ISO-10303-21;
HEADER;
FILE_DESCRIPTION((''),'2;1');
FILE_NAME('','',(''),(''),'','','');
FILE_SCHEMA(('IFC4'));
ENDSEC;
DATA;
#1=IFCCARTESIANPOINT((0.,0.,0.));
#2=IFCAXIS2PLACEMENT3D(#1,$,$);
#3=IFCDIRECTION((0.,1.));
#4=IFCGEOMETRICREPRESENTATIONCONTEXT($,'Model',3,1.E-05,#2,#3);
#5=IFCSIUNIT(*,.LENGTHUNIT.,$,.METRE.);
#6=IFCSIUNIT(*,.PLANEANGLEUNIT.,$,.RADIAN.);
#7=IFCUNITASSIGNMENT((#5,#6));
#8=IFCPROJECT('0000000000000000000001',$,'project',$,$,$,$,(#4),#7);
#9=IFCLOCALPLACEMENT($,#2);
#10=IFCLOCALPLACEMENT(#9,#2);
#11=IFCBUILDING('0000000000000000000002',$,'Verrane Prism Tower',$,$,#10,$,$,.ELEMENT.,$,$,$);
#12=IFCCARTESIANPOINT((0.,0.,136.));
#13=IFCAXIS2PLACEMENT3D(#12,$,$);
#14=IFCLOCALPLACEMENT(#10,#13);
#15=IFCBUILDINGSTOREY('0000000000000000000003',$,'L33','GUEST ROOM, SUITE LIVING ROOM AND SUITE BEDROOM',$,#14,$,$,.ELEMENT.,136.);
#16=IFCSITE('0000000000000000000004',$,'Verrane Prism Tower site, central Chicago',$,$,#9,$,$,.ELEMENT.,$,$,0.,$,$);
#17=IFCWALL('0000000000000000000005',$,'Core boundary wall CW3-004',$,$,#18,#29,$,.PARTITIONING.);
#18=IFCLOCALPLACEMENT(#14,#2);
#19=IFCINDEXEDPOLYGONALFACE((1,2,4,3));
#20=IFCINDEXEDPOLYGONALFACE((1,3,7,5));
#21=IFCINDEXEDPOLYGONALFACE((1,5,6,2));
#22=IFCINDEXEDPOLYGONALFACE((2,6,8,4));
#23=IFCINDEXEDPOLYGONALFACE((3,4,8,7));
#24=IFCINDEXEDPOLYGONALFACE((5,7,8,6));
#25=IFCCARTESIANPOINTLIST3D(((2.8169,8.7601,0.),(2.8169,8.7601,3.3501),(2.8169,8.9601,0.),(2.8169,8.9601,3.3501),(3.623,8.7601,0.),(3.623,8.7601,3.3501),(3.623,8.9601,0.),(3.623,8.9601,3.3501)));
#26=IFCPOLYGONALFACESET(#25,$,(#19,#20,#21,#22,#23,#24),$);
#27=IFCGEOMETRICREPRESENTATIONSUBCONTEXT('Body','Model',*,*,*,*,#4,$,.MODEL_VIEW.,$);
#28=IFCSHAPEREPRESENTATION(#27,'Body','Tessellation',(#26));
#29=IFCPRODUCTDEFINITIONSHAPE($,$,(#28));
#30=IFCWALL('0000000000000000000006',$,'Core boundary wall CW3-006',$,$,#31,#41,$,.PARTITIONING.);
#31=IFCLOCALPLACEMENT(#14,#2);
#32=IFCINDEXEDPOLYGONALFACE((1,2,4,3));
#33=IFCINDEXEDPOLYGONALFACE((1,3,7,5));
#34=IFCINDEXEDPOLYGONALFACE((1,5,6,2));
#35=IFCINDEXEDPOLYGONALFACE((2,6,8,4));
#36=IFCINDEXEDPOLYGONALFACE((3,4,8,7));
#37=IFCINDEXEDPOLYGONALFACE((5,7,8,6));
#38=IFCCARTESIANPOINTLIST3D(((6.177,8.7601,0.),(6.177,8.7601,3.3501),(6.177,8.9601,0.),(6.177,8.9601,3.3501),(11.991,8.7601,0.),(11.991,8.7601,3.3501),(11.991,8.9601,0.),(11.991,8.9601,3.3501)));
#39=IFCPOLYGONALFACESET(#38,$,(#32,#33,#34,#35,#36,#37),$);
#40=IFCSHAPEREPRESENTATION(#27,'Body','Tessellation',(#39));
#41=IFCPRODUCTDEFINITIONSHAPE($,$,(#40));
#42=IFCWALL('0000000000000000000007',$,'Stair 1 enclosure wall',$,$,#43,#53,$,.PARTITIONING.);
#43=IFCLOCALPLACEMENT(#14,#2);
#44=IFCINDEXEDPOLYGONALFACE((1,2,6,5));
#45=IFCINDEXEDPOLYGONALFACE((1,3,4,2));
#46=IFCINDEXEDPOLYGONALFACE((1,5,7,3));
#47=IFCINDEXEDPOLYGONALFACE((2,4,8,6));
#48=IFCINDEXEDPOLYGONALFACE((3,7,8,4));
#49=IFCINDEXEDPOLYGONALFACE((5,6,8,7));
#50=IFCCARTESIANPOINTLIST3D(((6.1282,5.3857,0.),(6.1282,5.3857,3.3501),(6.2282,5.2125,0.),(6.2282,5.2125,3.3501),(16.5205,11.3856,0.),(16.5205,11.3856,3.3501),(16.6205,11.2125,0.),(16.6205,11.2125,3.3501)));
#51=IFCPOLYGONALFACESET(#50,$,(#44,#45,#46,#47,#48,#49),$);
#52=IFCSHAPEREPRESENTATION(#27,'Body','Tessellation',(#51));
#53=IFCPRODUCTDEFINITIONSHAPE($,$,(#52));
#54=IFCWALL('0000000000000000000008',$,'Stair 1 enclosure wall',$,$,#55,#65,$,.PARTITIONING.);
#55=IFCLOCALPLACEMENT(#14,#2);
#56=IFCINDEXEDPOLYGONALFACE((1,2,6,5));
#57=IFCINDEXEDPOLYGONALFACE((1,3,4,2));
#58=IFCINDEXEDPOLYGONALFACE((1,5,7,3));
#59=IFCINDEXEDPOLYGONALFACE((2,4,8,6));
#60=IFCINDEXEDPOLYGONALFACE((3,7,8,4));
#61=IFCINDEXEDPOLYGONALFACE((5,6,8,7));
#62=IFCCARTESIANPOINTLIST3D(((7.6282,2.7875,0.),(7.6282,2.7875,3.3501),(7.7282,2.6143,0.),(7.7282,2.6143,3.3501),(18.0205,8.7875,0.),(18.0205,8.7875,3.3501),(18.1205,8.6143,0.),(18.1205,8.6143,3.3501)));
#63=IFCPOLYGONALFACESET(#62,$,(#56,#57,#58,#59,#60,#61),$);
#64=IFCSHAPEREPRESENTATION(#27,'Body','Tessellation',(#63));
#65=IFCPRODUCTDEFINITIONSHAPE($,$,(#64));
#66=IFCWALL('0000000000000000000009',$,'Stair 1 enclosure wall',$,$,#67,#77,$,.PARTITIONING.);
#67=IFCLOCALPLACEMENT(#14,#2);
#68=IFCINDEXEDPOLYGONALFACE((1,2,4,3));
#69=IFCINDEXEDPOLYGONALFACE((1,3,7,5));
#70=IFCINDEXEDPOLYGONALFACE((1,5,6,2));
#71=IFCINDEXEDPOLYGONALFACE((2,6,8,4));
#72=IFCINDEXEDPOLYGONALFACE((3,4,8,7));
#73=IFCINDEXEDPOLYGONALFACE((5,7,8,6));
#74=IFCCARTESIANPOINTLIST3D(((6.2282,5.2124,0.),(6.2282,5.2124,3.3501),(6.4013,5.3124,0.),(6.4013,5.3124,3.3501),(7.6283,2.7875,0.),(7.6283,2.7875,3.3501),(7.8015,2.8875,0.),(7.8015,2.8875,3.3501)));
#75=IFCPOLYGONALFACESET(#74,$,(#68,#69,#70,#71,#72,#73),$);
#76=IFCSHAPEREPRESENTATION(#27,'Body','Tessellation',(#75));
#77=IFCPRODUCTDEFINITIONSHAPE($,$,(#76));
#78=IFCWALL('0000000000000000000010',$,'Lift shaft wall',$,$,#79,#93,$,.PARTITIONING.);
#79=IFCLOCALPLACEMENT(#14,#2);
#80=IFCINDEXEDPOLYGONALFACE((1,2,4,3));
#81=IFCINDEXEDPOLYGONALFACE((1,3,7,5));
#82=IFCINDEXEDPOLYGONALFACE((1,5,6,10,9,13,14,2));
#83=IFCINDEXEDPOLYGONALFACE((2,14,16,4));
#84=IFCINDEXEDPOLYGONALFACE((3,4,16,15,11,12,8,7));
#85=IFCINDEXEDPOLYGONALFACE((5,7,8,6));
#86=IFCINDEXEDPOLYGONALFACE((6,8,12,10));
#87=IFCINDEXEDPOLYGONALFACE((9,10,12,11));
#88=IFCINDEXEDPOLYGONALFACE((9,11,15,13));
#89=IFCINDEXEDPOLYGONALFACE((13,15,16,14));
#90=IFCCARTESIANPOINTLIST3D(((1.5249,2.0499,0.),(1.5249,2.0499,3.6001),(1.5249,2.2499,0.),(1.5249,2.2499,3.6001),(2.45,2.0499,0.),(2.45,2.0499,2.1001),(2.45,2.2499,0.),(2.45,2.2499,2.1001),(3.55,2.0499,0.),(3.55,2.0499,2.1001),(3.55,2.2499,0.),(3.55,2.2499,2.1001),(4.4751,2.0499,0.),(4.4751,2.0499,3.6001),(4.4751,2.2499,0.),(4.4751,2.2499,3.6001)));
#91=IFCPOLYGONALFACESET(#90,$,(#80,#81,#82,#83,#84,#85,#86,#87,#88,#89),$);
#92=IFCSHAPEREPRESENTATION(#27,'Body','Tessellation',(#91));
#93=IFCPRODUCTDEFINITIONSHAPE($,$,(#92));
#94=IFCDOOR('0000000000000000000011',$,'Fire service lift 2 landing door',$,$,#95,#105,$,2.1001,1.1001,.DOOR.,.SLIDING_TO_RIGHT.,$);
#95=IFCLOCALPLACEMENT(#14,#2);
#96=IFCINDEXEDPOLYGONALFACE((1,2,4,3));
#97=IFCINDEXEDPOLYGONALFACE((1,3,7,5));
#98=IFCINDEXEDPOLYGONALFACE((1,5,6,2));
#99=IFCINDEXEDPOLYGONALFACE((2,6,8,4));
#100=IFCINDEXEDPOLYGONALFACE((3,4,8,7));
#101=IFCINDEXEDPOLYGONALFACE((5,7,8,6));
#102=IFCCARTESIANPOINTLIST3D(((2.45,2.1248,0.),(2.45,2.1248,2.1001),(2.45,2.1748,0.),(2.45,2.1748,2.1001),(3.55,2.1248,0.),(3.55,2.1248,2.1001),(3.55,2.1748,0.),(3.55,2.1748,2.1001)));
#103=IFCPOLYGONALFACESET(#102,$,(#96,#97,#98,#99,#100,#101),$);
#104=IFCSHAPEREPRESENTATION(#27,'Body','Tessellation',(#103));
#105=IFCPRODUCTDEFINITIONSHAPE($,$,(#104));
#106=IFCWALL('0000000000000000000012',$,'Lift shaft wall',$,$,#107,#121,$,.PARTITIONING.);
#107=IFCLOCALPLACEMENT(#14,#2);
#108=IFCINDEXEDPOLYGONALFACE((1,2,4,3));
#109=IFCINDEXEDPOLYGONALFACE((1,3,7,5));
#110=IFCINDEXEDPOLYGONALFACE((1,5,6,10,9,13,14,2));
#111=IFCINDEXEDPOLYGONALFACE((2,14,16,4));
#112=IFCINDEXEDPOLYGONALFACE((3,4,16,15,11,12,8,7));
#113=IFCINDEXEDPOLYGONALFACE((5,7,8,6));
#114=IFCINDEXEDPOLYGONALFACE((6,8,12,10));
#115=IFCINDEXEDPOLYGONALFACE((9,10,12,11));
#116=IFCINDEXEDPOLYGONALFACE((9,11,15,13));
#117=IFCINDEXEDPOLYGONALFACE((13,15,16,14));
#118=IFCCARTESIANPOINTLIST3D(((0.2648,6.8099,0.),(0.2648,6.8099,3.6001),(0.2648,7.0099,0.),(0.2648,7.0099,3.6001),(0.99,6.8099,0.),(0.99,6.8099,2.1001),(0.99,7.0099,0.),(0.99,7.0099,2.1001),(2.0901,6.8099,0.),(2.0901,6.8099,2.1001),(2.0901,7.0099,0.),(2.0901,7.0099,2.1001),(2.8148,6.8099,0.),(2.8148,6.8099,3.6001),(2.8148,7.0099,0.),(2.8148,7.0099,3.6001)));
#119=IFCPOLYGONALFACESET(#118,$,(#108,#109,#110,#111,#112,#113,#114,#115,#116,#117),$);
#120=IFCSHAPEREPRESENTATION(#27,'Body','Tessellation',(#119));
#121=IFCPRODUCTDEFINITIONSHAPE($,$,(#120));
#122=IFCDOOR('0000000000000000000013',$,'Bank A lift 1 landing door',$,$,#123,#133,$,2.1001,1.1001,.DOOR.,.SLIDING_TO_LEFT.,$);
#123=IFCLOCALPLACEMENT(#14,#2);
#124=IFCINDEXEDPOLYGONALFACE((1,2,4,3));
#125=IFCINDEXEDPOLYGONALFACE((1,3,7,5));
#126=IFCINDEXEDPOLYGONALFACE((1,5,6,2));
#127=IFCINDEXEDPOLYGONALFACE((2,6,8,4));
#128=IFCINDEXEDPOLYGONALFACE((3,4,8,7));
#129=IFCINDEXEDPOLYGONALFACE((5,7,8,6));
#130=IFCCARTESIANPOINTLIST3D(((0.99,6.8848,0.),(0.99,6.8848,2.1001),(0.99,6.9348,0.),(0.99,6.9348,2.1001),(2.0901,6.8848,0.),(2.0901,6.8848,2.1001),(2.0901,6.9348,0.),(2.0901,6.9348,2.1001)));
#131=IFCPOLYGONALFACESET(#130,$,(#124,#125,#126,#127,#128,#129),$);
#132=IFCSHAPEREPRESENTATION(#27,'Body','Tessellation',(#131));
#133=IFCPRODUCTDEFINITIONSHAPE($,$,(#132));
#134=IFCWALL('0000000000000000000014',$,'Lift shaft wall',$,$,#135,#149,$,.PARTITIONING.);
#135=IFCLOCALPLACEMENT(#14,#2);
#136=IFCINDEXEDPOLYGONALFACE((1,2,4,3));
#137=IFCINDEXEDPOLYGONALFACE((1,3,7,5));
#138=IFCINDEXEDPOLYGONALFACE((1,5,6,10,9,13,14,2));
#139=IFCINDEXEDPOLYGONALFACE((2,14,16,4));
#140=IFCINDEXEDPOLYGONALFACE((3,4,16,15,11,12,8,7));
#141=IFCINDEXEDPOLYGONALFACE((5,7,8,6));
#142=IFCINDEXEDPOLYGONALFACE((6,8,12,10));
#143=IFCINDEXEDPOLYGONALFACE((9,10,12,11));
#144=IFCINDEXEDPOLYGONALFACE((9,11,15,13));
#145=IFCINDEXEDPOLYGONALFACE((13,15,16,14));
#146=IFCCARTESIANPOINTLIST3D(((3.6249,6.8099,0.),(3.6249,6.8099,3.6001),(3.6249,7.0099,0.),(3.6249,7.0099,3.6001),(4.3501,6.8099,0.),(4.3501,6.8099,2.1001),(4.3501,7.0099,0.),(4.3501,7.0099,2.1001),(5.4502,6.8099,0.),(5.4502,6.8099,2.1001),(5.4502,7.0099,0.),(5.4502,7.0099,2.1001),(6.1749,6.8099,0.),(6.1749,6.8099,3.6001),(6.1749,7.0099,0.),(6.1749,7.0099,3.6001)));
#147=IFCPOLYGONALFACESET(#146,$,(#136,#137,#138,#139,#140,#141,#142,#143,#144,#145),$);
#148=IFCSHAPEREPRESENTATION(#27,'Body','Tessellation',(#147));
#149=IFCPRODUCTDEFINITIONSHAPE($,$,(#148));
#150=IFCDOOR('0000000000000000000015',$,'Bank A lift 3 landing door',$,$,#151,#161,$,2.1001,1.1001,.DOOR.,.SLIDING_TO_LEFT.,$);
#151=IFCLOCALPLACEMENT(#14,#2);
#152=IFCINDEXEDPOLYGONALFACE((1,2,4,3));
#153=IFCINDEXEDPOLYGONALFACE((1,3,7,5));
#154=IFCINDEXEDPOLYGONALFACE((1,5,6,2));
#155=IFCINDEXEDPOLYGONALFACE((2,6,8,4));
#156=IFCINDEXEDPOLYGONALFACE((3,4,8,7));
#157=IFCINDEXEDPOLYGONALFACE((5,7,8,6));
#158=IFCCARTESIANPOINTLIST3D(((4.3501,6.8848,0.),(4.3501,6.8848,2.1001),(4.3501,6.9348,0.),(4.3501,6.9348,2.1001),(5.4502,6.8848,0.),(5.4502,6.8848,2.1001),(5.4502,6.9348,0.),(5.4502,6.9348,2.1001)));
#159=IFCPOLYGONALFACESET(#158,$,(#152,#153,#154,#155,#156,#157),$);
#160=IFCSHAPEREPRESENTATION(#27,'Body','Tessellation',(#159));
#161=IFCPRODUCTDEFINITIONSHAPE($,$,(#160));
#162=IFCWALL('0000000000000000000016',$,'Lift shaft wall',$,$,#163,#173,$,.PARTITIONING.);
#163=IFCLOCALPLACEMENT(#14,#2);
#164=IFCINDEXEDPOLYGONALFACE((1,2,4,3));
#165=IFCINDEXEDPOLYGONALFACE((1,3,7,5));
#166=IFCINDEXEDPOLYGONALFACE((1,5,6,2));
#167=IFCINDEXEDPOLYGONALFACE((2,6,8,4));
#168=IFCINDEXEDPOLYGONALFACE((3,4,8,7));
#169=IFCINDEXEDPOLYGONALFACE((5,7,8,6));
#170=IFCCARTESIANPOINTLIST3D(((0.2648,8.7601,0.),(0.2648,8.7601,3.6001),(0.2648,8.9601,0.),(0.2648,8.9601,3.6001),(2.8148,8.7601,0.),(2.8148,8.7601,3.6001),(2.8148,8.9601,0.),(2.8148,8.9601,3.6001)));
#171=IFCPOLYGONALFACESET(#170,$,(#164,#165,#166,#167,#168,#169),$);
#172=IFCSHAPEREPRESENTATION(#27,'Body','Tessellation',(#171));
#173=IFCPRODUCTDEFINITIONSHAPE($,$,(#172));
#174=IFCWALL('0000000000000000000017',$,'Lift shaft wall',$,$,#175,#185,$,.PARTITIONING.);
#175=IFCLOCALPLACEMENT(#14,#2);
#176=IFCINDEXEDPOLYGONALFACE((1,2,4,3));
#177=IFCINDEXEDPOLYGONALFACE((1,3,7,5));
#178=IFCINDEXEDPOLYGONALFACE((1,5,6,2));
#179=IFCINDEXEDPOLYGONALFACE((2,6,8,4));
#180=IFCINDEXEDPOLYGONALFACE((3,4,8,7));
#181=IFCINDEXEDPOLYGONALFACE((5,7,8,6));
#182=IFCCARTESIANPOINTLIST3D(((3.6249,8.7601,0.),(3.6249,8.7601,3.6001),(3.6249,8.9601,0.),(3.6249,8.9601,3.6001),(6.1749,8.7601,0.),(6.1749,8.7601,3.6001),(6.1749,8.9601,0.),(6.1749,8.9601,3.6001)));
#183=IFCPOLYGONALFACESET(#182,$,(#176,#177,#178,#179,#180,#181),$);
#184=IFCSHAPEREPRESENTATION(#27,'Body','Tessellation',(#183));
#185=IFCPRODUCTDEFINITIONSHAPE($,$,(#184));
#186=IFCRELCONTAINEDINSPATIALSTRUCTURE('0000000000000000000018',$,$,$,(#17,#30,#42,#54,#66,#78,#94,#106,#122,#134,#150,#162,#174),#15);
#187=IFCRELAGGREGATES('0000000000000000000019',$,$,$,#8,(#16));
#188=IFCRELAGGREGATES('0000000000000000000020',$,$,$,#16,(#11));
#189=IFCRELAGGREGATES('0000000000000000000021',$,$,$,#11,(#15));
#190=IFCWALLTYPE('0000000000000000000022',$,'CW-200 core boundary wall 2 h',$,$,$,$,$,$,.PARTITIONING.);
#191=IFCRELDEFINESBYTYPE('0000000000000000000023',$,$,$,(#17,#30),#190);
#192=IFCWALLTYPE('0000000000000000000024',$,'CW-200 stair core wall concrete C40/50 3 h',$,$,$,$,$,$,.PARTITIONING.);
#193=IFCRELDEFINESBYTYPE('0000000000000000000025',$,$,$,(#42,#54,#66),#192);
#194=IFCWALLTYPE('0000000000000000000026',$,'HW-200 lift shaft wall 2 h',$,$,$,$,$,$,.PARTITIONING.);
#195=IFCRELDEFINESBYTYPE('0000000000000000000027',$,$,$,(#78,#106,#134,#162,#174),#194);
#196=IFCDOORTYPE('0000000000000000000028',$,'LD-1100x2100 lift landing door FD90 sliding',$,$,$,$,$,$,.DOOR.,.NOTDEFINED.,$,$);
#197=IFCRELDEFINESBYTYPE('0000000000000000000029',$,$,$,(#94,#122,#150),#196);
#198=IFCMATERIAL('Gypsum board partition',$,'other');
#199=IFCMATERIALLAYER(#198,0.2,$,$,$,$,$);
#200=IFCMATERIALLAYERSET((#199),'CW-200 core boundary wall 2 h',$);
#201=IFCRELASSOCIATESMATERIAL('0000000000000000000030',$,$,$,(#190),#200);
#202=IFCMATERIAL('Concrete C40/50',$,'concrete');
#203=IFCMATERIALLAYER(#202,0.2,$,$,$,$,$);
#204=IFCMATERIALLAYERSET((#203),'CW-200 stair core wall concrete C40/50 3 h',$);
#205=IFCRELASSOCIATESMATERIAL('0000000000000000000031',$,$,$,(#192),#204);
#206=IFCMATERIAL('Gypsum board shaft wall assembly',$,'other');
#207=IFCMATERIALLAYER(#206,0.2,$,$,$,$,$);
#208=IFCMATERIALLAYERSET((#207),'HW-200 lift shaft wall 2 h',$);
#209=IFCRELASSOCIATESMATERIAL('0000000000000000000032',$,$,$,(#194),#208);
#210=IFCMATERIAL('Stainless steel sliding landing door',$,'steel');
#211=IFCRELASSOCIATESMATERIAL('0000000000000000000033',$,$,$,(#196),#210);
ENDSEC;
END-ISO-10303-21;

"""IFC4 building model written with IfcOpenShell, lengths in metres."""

from ifc_helpers import new_model, si_unit, direction, frame, frame_2d, origin, place, context, subcontext, project, spatial, rectangle, extrude, material, layer, layer_set, type_object, element, fill, save


model = new_model("IFC4")

# Units and contexts
model_context = context("Model", 3, precision=1e-05, world=origin(), true_north=direction((0.0, 1.0)))
body_context = subcontext(model_context, "Body", "Model", "MODEL_VIEW")
ifc_project = project(units=[si_unit("LENGTHUNIT", "METRE"), si_unit("PLANEANGLEUNIT", "RADIAN")], contexts=[model_context])

# Site, building, storey
site_placement = place(None, origin())
site = spatial("IfcSite", under=ifc_project, at=site_placement, Name="Verrane Prism Tower site, central Chicago", CompositionType="ELEMENT", RefElevation=0.0)
building_placement = place(site_placement, origin())
building = spatial("IfcBuilding", under=site, at=building_placement, Name="Verrane Prism Tower", CompositionType="ELEMENT")
storey_placement = place(building_placement, frame((0.0, 0.0, 136.0)))
storey = spatial("IfcBuildingStorey", under=building, at=storey_placement, Name="L33", Description="GUEST ROOM, SUITE LIVING ROOM AND SUITE BEDROOM", CompositionType="ELEMENT", Elevation=136.0)

# Shared definitions
ifc_material_1 = material(Name="Gypsum board partition", Category="other")
ifc_layer_1 = layer(ifc_material_1, 0.2)
ifc_layer_set_1 = layer_set([ifc_layer_1], Name="CW-200 core boundary wall 2 h")
wall_type_1 = type_object("IfcWallType", Name="CW-200 core boundary wall 2 h", PredefinedType="PARTITIONING", material=ifc_layer_set_1)

# Walls
wall_1_placement = place(storey_placement, frame((2.8169, 8.8601, 0.0), z_axis=(0.0, 0.0, 1.0), x_axis=(1.0, 0.0, 0.0)))
element("IfcWall", 1, at=wall_1_placement, inside=storey, type_object=wall_type_1, Name="Core boundary wall CW3-004", PredefinedType="PARTITIONING", context=body_context, shape_type="SweptSolid", body=[
    extrude(rectangle(XDim=0.8062, YDim=0.2, at=frame_2d((0.4031, 0.0))), origin(), (0.0, 0.0, 1.0), 3.3501),
])
wall_2_placement = place(storey_placement, frame((6.177, 8.8601, 0.0), z_axis=(0.0, 0.0, 1.0), x_axis=(1.0, 0.0, 0.0)))
element("IfcWall", 2, at=wall_2_placement, inside=storey, type_object=wall_type_1, Name="Core boundary wall CW3-006", PredefinedType="PARTITIONING", context=body_context, shape_type="SweptSolid", body=[
    extrude(rectangle(XDim=5.814, YDim=0.2, at=frame_2d((2.907, 0.0))), origin(), (0.0, 0.0, 1.0), 3.3501),
])
ifc_material_2 = material(Name="Concrete C40/50", Category="concrete")
ifc_layer_2 = layer(ifc_material_2, 0.2)
ifc_layer_set_2 = layer_set([ifc_layer_2], Name="CW-200 stair core wall concrete C40/50 3 h")
wall_type_2 = type_object("IfcWallType", Name="CW-200 stair core wall concrete C40/50 3 h", PredefinedType="PARTITIONING", material=ifc_layer_set_2)
for number, where, z_axis, x_axis, name in (
    (3, (6.1782, 5.2991, 0.0), (0.0, 0.0, 1.0), (0.866026, 0.499999, 0.0), "Stair 1 enclosure wall"),
    (4, (7.6782, 2.7009, 0.0), (0.0, 0.0, 1.0), (0.866026, 0.499999, 0.0), "Stair 1 enclosure wall"),
):
    element("IfcWall", number, at=place(storey_placement, frame(where, z_axis=z_axis, x_axis=x_axis)), inside=storey, type_object=wall_type_2, Name=name, PredefinedType="PARTITIONING", context=body_context, shape_type="SweptSolid", body=[
        extrude(rectangle(XDim=12.0, YDim=0.2, at=frame_2d((6.0, 0.0))), origin(), (0.0, 0.0, 1.0), 3.3501),
    ])
wall_3_placement = place(storey_placement, frame((7.7148, 2.8376, 0.0), z_axis=(0.0, 0.0, 1.0), x_axis=(-0.50005, 0.865997, 0.0)))
element("IfcWall", 5, at=wall_3_placement, inside=storey, type_object=wall_type_2, Name="Stair 1 enclosure wall", PredefinedType="PARTITIONING", context=body_context, shape_type="SweptSolid", body=[
    extrude(rectangle(XDim=2.8, YDim=0.2, at=frame_2d((1.3999, 0.0))), origin(), (0.0, 0.0, 1.0), 3.3501),
])

# Walls, openings, doors
ifc_material_3 = material(Name="Gypsum board shaft wall assembly", Category="other")
ifc_layer_3 = layer(ifc_material_3, 0.2)
ifc_layer_set_3 = layer_set([ifc_layer_3], Name="HW-200 lift shaft wall 2 h")
wall_type_3 = type_object("IfcWallType", Name="HW-200 lift shaft wall 2 h", PredefinedType="PARTITIONING", material=ifc_layer_set_3)
wall_4_placement = place(storey_placement, frame((1.5249, 2.1499, 0.0), z_axis=(0.0, 0.0, 1.0), x_axis=(1.0, 0.0, 0.0)))
wall_4 = element("IfcWall", 6, at=wall_4_placement, inside=storey, type_object=wall_type_3, Name="Lift shaft wall", PredefinedType="PARTITIONING", context=body_context, shape_type="SweptSolid", body=[
    extrude(rectangle(XDim=2.9502, YDim=0.2, at=frame_2d((1.4751, 0.0))), origin(), (0.0, 0.0, 1.0), 3.6001),
])
opening_1_placement = place(wall_4_placement, frame((0.925, 0.0, 0.0)))
opening_1 = element("IfcOpeningElement", 7, at=opening_1_placement, cuts=wall_4, PredefinedType="OPENING", context=body_context, shape_type="SweptSolid", body=[
    extrude(rectangle(XDim=1.1001, YDim=2.1001, at=frame_2d((0.55, 1.05))), frame((0.0, 0.1099, 0.0), z_axis=(0.0, -1.0, 0.0), x_axis=(1.0, 0.0, 0.0)), (0.0, 0.0, 1.0), 0.22),
])
ifc_material_4 = material(Name="Stainless steel sliding landing door", Category="steel")
door_type_1 = type_object("IfcDoorType", Name="LD-1100x2100 lift landing door FD90 sliding", OperationType="NOTDEFINED", PredefinedType="DOOR", material=ifc_material_4)
door_1_placement = place(opening_1_placement, origin())
door_1 = element("IfcDoor", 8, at=door_1_placement, inside=storey, type_object=door_type_1, Name="Fire service lift 2 landing door", OperationType="SLIDING_TO_RIGHT", OverallHeight=2.1001, OverallWidth=1.1001, PredefinedType="DOOR", context=body_context, shape_type="SweptSolid", body=[
    extrude(rectangle(XDim=1.1001, YDim=2.1001, at=frame_2d((0.55, 1.05))), frame((0.0, 0.0249, 0.0), z_axis=(0.0, -1.0, 0.0), x_axis=(1.0, 0.0, 0.0)), (0.0, 0.0, 1.0), 0.05),
])
fill(opening_1, door_1)
wall_5_placement = place(storey_placement, frame((0.2649, 6.9099, 0.0), z_axis=(0.0, 0.0, 1.0), x_axis=(1.0, 0.0, 0.0)))
wall_5 = element("IfcWall", 9, at=wall_5_placement, inside=storey, type_object=wall_type_3, Name="Lift shaft wall", PredefinedType="PARTITIONING", context=body_context, shape_type="SweptSolid", body=[
    extrude(rectangle(XDim=2.55, YDim=0.2, at=frame_2d((1.2749, 0.0))), origin(), (0.0, 0.0, 1.0), 3.6001),
])
opening_2_placement = place(wall_5_placement, frame((0.7251, 0.0, 0.0)))
opening_2 = element("IfcOpeningElement", 10, at=opening_2_placement, cuts=wall_5, PredefinedType="OPENING", context=body_context, shape_type="SweptSolid", body=[
    extrude(rectangle(XDim=1.1001, YDim=2.1001, at=frame_2d((0.55, 1.05))), frame((0.0, 0.1099, 0.0), z_axis=(0.0, -1.0, 0.0), x_axis=(1.0, 0.0, 0.0)), (0.0, 0.0, 1.0), 0.22),
])
door_2_placement = place(opening_2_placement, origin())
door_2 = element("IfcDoor", 11, at=door_2_placement, inside=storey, type_object=door_type_1, Name="Bank A lift 1 landing door", OperationType="SLIDING_TO_LEFT", OverallHeight=2.1001, OverallWidth=1.1001, PredefinedType="DOOR", context=body_context, shape_type="SweptSolid", body=[
    extrude(rectangle(XDim=1.1001, YDim=2.1001, at=frame_2d((0.55, 1.05))), frame((0.0, 0.0249, 0.0), z_axis=(0.0, -1.0, 0.0), x_axis=(1.0, 0.0, 0.0)), (0.0, 0.0, 1.0), 0.05),
])
fill(opening_2, door_2)
wall_6_placement = place(storey_placement, frame((3.625, 6.9099, 0.0), z_axis=(0.0, 0.0, 1.0), x_axis=(1.0, 0.0, 0.0)))
wall_6 = element("IfcWall", 12, at=wall_6_placement, inside=storey, type_object=wall_type_3, Name="Lift shaft wall", PredefinedType="PARTITIONING", context=body_context, shape_type="SweptSolid", body=[
    extrude(rectangle(XDim=2.55, YDim=0.2, at=frame_2d((1.2749, 0.0))), origin(), (0.0, 0.0, 1.0), 3.6001),
])
opening_3_placement = place(wall_6_placement, frame((0.7251, 0.0, 0.0)))
opening_3 = element("IfcOpeningElement", 13, at=opening_3_placement, cuts=wall_6, PredefinedType="OPENING", context=body_context, shape_type="SweptSolid", body=[
    extrude(rectangle(XDim=1.1001, YDim=2.1001, at=frame_2d((0.55, 1.05))), frame((0.0, 0.1099, 0.0), z_axis=(0.0, -1.0, 0.0), x_axis=(1.0, 0.0, 0.0)), (0.0, 0.0, 1.0), 0.22),
])
door_3_placement = place(opening_3_placement, origin())
door_3 = element("IfcDoor", 14, at=door_3_placement, inside=storey, type_object=door_type_1, Name="Bank A lift 3 landing door", OperationType="SLIDING_TO_LEFT", OverallHeight=2.1001, OverallWidth=1.1001, PredefinedType="DOOR", context=body_context, shape_type="SweptSolid", body=[
    extrude(rectangle(XDim=1.1001, YDim=2.1001, at=frame_2d((0.55, 1.05))), frame((0.0, 0.0249, 0.0), z_axis=(0.0, -1.0, 0.0), x_axis=(1.0, 0.0, 0.0)), (0.0, 0.0, 1.0), 0.05),
])
fill(opening_3, door_3)

# Walls
for number, where, z_axis, x_axis, name in (
    (15, (0.2649, 8.8601, 0.0), (0.0, 0.0, 1.0), (1.0, 0.0, 0.0), "Lift shaft wall"),
    (16, (3.625, 8.8601, 0.0), (0.0, 0.0, 1.0), (1.0, 0.0, 0.0), "Lift shaft wall"),
):
    element("IfcWall", number, at=place(storey_placement, frame(where, z_axis=z_axis, x_axis=x_axis)), inside=storey, type_object=wall_type_3, Name=name, PredefinedType="PARTITIONING", context=body_context, shape_type="SweptSolid", body=[
        extrude(rectangle(XDim=2.55, YDim=0.2, at=frame_2d((1.2749, 0.0))), origin(), (0.0, 0.0, 1.0), 3.6001),
    ])

save(model, "model.ifc")
